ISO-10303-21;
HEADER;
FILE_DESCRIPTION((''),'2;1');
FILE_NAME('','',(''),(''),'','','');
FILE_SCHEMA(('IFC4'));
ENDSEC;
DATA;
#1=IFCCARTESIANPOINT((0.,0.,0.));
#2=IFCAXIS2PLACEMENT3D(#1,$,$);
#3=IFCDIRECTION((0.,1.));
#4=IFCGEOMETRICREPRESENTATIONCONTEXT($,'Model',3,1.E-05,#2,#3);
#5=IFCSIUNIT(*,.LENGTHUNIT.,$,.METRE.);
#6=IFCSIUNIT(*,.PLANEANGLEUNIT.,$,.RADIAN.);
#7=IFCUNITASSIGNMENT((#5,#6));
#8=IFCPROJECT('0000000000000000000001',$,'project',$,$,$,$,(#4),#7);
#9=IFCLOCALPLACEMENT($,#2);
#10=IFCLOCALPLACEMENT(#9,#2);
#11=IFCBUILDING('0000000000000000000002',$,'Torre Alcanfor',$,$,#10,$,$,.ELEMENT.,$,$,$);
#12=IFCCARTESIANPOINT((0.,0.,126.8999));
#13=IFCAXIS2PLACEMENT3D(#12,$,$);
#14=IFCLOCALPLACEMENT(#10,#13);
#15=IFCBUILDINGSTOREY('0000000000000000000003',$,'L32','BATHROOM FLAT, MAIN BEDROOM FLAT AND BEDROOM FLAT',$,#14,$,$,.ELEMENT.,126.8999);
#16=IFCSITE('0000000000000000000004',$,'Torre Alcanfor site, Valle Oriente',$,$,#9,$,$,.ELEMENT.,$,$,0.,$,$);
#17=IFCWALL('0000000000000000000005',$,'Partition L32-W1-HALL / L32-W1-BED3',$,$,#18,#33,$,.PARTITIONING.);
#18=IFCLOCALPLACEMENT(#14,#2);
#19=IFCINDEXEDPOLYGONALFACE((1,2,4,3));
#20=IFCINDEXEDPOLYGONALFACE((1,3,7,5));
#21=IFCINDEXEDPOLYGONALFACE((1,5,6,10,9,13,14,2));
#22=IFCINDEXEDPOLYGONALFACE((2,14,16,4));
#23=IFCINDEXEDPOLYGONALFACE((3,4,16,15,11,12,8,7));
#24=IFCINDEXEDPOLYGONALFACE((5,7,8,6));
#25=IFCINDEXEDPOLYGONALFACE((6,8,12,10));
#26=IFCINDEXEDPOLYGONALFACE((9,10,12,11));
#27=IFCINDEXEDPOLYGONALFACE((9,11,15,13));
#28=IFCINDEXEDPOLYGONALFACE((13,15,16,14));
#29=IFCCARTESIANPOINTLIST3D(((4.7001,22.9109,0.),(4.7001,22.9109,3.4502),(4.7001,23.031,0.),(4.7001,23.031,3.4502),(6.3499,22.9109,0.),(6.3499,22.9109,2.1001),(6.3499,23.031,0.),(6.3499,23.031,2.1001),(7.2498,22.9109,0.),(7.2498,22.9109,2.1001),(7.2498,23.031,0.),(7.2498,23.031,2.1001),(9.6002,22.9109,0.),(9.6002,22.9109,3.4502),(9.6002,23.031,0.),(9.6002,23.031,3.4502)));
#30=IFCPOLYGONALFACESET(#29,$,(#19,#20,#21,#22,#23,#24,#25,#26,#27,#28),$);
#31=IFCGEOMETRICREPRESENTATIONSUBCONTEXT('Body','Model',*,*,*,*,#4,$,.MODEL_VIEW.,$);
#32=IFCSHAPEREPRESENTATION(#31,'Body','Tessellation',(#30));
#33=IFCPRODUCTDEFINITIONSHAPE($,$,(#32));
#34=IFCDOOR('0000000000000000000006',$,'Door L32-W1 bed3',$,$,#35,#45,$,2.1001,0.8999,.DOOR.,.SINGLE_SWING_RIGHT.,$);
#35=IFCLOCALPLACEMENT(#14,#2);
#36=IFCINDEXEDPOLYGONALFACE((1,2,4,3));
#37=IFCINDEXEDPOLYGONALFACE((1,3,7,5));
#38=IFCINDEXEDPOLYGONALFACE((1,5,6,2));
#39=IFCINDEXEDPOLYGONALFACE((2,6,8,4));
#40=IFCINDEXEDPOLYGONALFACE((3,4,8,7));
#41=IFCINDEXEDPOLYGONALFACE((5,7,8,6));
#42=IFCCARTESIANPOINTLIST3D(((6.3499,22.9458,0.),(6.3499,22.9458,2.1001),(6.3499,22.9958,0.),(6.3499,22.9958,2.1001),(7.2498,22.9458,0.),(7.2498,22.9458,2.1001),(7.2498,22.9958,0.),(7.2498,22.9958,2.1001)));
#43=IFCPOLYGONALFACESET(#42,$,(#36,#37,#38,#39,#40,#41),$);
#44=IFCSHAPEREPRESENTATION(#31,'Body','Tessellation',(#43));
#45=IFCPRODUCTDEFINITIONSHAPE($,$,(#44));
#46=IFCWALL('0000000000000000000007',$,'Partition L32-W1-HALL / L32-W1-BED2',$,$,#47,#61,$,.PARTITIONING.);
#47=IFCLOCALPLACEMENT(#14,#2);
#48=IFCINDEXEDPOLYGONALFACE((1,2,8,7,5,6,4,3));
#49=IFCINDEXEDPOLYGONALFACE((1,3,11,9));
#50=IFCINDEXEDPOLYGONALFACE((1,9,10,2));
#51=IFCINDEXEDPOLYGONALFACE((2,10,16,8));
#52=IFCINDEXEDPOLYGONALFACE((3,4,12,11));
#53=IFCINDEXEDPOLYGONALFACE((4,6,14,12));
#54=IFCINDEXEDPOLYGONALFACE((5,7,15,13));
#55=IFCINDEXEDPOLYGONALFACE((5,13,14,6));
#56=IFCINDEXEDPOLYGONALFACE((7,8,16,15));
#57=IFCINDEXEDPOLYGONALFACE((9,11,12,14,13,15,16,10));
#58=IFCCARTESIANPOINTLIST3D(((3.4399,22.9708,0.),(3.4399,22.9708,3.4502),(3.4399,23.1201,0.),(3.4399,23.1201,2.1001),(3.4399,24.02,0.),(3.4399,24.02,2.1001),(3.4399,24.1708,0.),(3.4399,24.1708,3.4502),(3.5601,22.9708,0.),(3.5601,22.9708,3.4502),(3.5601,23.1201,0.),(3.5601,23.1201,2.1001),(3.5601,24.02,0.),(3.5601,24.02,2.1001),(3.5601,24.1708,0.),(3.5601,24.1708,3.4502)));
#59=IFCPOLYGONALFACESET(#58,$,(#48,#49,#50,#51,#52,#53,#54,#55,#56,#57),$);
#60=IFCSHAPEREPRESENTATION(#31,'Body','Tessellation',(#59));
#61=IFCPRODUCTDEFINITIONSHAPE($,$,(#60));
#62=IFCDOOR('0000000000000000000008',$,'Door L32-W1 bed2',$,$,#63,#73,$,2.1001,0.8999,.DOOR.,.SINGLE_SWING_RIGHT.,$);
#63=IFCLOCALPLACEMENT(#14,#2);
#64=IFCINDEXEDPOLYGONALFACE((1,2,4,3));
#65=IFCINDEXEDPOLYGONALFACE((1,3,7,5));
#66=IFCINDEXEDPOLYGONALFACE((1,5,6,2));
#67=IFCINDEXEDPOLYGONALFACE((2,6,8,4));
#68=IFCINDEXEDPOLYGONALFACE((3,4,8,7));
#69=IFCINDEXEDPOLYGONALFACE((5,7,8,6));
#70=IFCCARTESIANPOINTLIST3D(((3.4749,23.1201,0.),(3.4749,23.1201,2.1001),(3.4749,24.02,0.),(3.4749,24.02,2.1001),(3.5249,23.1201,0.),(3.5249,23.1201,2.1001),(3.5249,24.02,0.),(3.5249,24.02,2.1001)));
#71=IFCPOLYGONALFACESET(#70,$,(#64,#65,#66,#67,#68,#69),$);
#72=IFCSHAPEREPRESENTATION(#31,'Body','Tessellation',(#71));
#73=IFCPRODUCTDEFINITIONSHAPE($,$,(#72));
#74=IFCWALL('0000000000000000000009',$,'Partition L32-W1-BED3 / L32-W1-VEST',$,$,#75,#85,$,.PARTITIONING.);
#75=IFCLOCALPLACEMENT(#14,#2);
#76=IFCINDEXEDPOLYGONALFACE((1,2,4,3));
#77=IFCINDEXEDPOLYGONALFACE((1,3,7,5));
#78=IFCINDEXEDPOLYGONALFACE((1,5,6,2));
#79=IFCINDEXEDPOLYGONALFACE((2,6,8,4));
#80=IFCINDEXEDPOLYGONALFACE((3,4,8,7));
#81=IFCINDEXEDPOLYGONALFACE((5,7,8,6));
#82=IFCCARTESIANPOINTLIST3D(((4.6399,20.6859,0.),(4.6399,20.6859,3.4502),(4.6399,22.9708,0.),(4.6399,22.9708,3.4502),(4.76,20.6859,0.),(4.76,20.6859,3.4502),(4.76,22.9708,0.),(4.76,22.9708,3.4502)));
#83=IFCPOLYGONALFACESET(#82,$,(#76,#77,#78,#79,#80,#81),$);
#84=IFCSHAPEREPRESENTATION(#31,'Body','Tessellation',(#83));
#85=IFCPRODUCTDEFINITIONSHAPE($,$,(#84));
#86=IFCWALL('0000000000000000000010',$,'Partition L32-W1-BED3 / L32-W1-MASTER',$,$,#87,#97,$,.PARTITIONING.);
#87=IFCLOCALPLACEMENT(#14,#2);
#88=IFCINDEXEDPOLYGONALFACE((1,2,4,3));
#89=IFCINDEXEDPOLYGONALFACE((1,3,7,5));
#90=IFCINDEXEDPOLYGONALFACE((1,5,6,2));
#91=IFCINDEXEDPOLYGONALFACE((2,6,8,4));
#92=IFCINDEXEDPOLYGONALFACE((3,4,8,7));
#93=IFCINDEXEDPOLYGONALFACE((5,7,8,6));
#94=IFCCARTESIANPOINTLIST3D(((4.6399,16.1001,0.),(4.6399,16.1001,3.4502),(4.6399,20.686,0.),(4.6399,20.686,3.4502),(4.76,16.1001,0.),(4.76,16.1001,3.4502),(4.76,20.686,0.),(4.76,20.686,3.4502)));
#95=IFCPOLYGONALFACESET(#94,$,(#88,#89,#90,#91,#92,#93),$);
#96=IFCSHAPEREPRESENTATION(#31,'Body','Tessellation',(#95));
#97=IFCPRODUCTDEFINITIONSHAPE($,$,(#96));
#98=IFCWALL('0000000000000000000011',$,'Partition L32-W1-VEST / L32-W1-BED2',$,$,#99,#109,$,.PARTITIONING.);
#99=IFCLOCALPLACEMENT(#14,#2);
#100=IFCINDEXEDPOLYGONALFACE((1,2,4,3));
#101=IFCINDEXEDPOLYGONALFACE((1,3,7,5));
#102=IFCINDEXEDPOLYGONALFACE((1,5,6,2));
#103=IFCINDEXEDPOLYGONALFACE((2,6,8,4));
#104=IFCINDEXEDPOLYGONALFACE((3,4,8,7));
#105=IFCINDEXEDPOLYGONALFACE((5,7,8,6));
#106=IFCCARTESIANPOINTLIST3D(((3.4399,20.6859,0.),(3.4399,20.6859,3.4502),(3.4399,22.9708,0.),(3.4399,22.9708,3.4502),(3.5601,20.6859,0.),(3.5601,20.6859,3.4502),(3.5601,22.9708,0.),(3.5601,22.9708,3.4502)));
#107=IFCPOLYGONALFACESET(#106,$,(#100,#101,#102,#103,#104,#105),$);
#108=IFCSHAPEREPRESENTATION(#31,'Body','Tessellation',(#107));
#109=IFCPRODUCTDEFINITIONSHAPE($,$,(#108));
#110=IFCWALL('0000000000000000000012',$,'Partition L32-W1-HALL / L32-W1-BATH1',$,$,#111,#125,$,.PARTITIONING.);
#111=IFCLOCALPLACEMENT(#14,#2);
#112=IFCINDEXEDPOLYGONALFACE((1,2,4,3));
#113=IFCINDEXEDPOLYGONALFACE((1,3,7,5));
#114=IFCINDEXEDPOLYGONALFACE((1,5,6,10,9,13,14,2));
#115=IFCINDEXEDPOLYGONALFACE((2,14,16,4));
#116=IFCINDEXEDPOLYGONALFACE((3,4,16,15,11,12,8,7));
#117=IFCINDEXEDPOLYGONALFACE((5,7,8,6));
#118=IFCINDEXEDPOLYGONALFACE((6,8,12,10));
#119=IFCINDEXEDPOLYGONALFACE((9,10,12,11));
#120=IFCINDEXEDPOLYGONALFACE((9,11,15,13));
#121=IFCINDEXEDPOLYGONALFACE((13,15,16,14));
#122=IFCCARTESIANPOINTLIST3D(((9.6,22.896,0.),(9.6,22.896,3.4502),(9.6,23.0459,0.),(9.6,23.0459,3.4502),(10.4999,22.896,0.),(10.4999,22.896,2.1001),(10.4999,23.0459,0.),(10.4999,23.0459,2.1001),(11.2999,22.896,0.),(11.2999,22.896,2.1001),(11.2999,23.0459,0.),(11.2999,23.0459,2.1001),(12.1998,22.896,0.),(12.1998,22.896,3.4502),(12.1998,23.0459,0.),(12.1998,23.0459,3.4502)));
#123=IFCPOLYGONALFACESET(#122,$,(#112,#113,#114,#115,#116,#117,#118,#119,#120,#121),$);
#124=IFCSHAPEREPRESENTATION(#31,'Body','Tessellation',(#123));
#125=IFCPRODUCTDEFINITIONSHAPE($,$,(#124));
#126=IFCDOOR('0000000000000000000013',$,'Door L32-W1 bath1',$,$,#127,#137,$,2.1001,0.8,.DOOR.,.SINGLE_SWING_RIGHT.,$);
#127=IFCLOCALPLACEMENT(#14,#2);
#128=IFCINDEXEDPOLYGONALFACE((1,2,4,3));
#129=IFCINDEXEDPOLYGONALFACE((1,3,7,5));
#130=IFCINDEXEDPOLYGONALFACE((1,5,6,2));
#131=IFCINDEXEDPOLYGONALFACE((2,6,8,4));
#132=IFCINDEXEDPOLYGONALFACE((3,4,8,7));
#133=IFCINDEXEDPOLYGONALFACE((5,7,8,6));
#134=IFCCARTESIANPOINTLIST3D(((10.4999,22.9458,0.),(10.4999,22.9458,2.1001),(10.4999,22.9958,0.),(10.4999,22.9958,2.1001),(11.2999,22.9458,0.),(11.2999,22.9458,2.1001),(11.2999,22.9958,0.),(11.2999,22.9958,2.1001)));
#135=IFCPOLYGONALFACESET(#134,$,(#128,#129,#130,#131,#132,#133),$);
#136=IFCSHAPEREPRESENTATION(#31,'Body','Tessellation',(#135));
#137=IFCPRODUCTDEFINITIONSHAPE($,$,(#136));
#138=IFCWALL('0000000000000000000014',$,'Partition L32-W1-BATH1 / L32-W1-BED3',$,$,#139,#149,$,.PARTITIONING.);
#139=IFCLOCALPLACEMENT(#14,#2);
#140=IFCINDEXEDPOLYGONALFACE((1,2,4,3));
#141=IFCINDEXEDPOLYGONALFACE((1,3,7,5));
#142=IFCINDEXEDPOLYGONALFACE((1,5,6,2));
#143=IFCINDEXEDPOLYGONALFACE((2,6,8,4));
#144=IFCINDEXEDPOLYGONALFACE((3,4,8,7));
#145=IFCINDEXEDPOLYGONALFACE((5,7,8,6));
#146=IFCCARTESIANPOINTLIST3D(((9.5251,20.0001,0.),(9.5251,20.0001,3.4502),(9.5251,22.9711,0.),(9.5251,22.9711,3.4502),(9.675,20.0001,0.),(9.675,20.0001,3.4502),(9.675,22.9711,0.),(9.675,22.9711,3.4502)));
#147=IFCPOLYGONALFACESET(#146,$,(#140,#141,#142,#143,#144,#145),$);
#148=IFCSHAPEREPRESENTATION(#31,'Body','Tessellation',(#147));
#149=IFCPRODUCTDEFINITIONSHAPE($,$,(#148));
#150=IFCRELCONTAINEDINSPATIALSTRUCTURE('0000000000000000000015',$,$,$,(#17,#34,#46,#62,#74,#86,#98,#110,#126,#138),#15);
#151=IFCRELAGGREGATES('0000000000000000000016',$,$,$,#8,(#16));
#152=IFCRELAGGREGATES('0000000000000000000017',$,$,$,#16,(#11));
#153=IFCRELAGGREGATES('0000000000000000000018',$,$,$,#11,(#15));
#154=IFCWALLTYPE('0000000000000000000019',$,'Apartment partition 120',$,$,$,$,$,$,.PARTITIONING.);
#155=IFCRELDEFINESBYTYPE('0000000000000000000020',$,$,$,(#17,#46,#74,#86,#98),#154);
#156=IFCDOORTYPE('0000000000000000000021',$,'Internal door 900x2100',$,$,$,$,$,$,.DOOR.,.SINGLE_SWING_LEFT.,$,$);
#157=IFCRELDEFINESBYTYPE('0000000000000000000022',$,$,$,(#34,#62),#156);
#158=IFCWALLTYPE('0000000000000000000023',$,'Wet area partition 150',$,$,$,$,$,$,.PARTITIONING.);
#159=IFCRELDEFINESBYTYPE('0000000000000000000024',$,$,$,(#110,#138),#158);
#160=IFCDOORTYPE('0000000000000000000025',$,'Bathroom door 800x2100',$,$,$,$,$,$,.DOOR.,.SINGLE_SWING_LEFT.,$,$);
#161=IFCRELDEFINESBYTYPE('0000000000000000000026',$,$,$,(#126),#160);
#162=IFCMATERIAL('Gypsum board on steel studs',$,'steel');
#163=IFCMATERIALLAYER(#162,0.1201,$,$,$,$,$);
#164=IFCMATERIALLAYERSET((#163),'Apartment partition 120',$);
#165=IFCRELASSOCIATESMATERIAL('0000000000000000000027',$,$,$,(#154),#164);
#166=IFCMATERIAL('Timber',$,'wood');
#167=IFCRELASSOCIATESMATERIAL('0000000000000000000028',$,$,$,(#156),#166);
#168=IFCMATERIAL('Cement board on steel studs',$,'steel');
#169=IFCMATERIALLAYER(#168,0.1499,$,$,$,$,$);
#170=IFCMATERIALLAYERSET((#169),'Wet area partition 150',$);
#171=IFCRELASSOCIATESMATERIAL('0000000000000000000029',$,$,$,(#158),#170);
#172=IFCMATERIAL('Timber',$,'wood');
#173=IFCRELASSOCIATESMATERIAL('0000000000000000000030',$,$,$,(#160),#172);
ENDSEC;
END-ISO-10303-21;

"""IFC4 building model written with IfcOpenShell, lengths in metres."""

from ifc_helpers import new_model, si_unit, direction, frame, frame_2d, origin, place, context, subcontext, project, spatial, rectangle, extrude, material, layer, layer_set, type_object, element, fill, save


model = new_model("IFC4")

# Units and contexts
model_context = context("Model", 3, precision=1e-05, world=origin(), true_north=direction((0.0, 1.0)))
body_context = subcontext(model_context, "Body", "Model", "MODEL_VIEW")
ifc_project = project(units=[si_unit("LENGTHUNIT", "METRE"), si_unit("PLANEANGLEUNIT", "RADIAN")], contexts=[model_context])

# Site, building, storey
site_placement = place(None, origin())
site = spatial("IfcSite", under=ifc_project, at=site_placement, Name="Torre Alcanfor site, Valle Oriente", CompositionType="ELEMENT", RefElevation=0.0)
building_placement = place(site_placement, origin())
building = spatial("IfcBuilding", under=site, at=building_placement, Name="Torre Alcanfor", CompositionType="ELEMENT")
storey_placement = place(building_placement, frame((0.0, 0.0, 126.8999)))
storey = spatial("IfcBuildingStorey", under=building, at=storey_placement, Name="L32", Description="BATHROOM FLAT, MAIN BEDROOM FLAT AND BEDROOM FLAT", CompositionType="ELEMENT", Elevation=126.8999)

# Shared definitions
ifc_material_1 = material(Name="Gypsum board on steel studs", Category="steel")
ifc_layer_1 = layer(ifc_material_1, 0.1201)
ifc_layer_set_1 = layer_set([ifc_layer_1], Name="Apartment partition 120")
wall_type_1 = type_object("IfcWallType", Name="Apartment partition 120", PredefinedType="PARTITIONING", material=ifc_layer_set_1)
ifc_material_2 = material(Name="Timber", Category="wood")
door_type_1 = type_object("IfcDoorType", Name="Internal door 900x2100", OperationType="SINGLE_SWING_LEFT", PredefinedType="DOOR", material=ifc_material_2)

# Walls, openings, doors
wall_1_placement = place(storey_placement, frame((4.7, 22.9709, 0.0), z_axis=(0.0, 0.0, 1.0), x_axis=(1.0, 0.0, 0.0)))
wall_1 = element("IfcWall", 1, at=wall_1_placement, inside=storey, type_object=wall_type_1, Name="Partition L32-W1-HALL / L32-W1-BED3", PredefinedType="PARTITIONING", context=body_context, shape_type="SweptSolid", body=[
    extrude(rectangle(XDim=4.9001, YDim=0.1201, at=frame_2d((2.4502, 0.0))), origin(), (0.0, 0.0, 1.0), 3.4502),
])
opening_1_placement = place(wall_1_placement, frame((1.6499, 0.0, 0.0)))
opening_1 = element("IfcOpeningElement", 2, at=opening_1_placement, cuts=wall_1, PredefinedType="OPENING", context=body_context, shape_type="SweptSolid", body=[
    extrude(rectangle(XDim=0.8999, YDim=2.1001, at=frame_2d((0.45, 1.05))), frame((0.0, 0.0701, 0.0), z_axis=(0.0, -1.0, 0.0), x_axis=(1.0, 0.0, 0.0)), (0.0, 0.0, 1.0), 0.1401),
])
door_1_placement = place(opening_1_placement, frame((0.8999, 0.0, 0.0), z_axis=(0.0, 0.0, 1.0), x_axis=(-1.0, 0.0, 0.0)))
door_1 = element("IfcDoor", 3, at=door_1_placement, inside=storey, type_object=door_type_1, Name="Door L32-W1 bed3", OperationType="SINGLE_SWING_RIGHT", OverallHeight=2.1001, OverallWidth=0.8999, PredefinedType="DOOR", context=body_context, shape_type="SweptSolid", body=[
    extrude(rectangle(XDim=0.8999, YDim=2.1001, at=frame_2d((0.45, 1.05))), frame((0.0, 0.0251, 0.0), z_axis=(0.0, -1.0, 0.0), x_axis=(1.0, 0.0, 0.0)), (0.0, 0.0, 1.0), 0.05),
])
fill(opening_1, door_1)
wall_2_placement = place(storey_placement, frame((3.5, 24.1709, 0.0), z_axis=(0.0, 0.0, 1.0), x_axis=(0.0, -1.0, 0.0)))
wall_2 = element("IfcWall", 4, at=wall_2_placement, inside=storey, type_object=wall_type_1, Name="Partition L32-W1-HALL / L32-W1-BED2", PredefinedType="PARTITIONING", context=body_context, shape_type="SweptSolid", body=[
    extrude(rectangle(XDim=1.2, YDim=0.1201, at=frame_2d((0.6001, 0.0))), origin(), (0.0, 0.0, 1.0), 3.4502),
])
opening_2_placement = place(wall_2_placement, frame((0.1509, 0.0, 0.0)))
opening_2 = element("IfcOpeningElement", 5, at=opening_2_placement, cuts=wall_2, PredefinedType="OPENING", context=body_context, shape_type="SweptSolid", body=[
    extrude(rectangle(XDim=0.8999, YDim=2.1001, at=frame_2d((0.45, 1.05))), frame((0.0, 0.0701, 0.0), z_axis=(0.0, -1.0, 0.0), x_axis=(1.0, 0.0, 0.0)), (0.0, 0.0, 1.0), 0.1401),
])
door_2_placement = place(opening_2_placement, frame((0.8999, 0.0, 0.0), z_axis=(0.0, 0.0, 1.0), x_axis=(-1.0, 0.0, 0.0)))
door_2 = element("IfcDoor", 6, at=door_2_placement, inside=storey, type_object=door_type_1, Name="Door L32-W1 bed2", OperationType="SINGLE_SWING_RIGHT", OverallHeight=2.1001, OverallWidth=0.8999, PredefinedType="DOOR", context=body_context, shape_type="SweptSolid", body=[
    extrude(rectangle(XDim=0.8999, YDim=2.1001, at=frame_2d((0.45, 1.05))), frame((0.0, 0.0251, 0.0), z_axis=(0.0, -1.0, 0.0), x_axis=(1.0, 0.0, 0.0)), (0.0, 0.0, 1.0), 0.05),
])
fill(opening_2, door_2)

# Walls
wall_3_placement = place(storey_placement, frame((4.7, 22.9709, 0.0), z_axis=(0.0, 0.0, 1.0), x_axis=(0.0, -1.0, 0.0)))
element("IfcWall", 7, at=wall_3_placement, inside=storey, type_object=wall_type_1, Name="Partition L32-W1-BED3 / L32-W1-VEST", PredefinedType="PARTITIONING", context=body_context, shape_type="SweptSolid", body=[
    extrude(rectangle(XDim=2.2849, YDim=0.1201, at=frame_2d((1.1426, 0.0))), origin(), (0.0, 0.0, 1.0), 3.4502),
])
wall_4_placement = place(storey_placement, frame((4.7, 20.686, 0.0), z_axis=(0.0, 0.0, 1.0), x_axis=(0.0, -1.0, 0.0)))
element("IfcWall", 8, at=wall_4_placement, inside=storey, type_object=wall_type_1, Name="Partition L32-W1-BED3 / L32-W1-MASTER", PredefinedType="PARTITIONING", context=body_context, shape_type="SweptSolid", body=[
    extrude(rectangle(XDim=4.5859, YDim=0.1201, at=frame_2d((2.293, 0.0))), origin(), (0.0, 0.0, 1.0), 3.4502),
])
wall_5_placement = place(storey_placement, frame((3.5, 22.9709, 0.0), z_axis=(0.0, 0.0, 1.0), x_axis=(0.0, -1.0, 0.0)))
element("IfcWall", 9, at=wall_5_placement, inside=storey, type_object=wall_type_1, Name="Partition L32-W1-VEST / L32-W1-BED2", PredefinedType="PARTITIONING", context=body_context, shape_type="SweptSolid", body=[
    extrude(rectangle(XDim=2.2849, YDim=0.1201, at=frame_2d((1.1426, 0.0))), origin(), (0.0, 0.0, 1.0), 3.4502),
])

# Wall, opening, door
ifc_material_3 = material(Name="Cement board on steel studs", Category="steel")
ifc_layer_2 = layer(ifc_material_3, 0.1499)
ifc_layer_set_2 = layer_set([ifc_layer_2], Name="Wet area partition 150")
wall_type_2 = type_object("IfcWallType", Name="Wet area partition 150", PredefinedType="PARTITIONING", material=ifc_layer_set_2)
wall_6_placement = place(storey_placement, frame((9.6001, 22.9709, 0.0), z_axis=(0.0, 0.0, 1.0), x_axis=(1.0, 0.0, 0.0)))
wall_6 = element("IfcWall", 10, at=wall_6_placement, inside=storey, type_object=wall_type_2, Name="Partition L32-W1-HALL / L32-W1-BATH1", PredefinedType="PARTITIONING", context=body_context, shape_type="SweptSolid", body=[
    extrude(rectangle(XDim=2.5999, YDim=0.1499, at=frame_2d((1.2998, 0.0))), origin(), (0.0, 0.0, 1.0), 3.4502),
])
opening_3_placement = place(wall_6_placement, frame((0.8999, 0.0, 0.0)))
opening_3 = element("IfcOpeningElement", 11, at=opening_3_placement, cuts=wall_6, PredefinedType="OPENING", context=body_context, shape_type="SweptSolid", body=[
    extrude(rectangle(XDim=0.8, YDim=2.1001, at=frame_2d((0.3999, 1.05))), frame((0.0, 0.085, 0.0), z_axis=(0.0, -1.0, 0.0), x_axis=(1.0, 0.0, 0.0)), (0.0, 0.0, 1.0), 0.1699),
])
ifc_material_4 = material(Name="Timber", Category="wood")
door_type_2 = type_object("IfcDoorType", Name="Bathroom door 800x2100", OperationType="SINGLE_SWING_LEFT", PredefinedType="DOOR", material=ifc_material_4)
door_3_placement = place(opening_3_placement, frame((0.8, 0.0, 0.0), z_axis=(0.0, 0.0, 1.0), x_axis=(-1.0, 0.0, 0.0)))
door_3 = element("IfcDoor", 12, at=door_3_placement, inside=storey, type_object=door_type_2, Name="Door L32-W1 bath1", OperationType="SINGLE_SWING_RIGHT", OverallHeight=2.1001, OverallWidth=0.8, PredefinedType="DOOR", context=body_context, shape_type="SweptSolid", body=[
    extrude(rectangle(XDim=0.8, YDim=2.1001, at=frame_2d((0.4001, 1.05))), frame((0.0, 0.0251, 0.0), z_axis=(0.0, -1.0, 0.0), x_axis=(1.0, 0.0, 0.0)), (0.0, 0.0, 1.0), 0.05),
])
fill(opening_3, door_3)

# Wall
wall_7_placement = place(storey_placement, frame((9.6001, 22.9709, 0.0), z_axis=(0.0, 0.0, 1.0), x_axis=(0.0, -1.0, 0.0)))
element("IfcWall", 13, at=wall_7_placement, inside=storey, type_object=wall_type_2, Name="Partition L32-W1-BATH1 / L32-W1-BED3", PredefinedType="PARTITIONING", context=body_context, shape_type="SweptSolid", body=[
    extrude(rectangle(XDim=2.9709, YDim=0.1499, at=frame_2d((1.4854, 0.0))), origin(), (0.0, 0.0, 1.0), 3.4502),
])

save(model, "model.ifc")
